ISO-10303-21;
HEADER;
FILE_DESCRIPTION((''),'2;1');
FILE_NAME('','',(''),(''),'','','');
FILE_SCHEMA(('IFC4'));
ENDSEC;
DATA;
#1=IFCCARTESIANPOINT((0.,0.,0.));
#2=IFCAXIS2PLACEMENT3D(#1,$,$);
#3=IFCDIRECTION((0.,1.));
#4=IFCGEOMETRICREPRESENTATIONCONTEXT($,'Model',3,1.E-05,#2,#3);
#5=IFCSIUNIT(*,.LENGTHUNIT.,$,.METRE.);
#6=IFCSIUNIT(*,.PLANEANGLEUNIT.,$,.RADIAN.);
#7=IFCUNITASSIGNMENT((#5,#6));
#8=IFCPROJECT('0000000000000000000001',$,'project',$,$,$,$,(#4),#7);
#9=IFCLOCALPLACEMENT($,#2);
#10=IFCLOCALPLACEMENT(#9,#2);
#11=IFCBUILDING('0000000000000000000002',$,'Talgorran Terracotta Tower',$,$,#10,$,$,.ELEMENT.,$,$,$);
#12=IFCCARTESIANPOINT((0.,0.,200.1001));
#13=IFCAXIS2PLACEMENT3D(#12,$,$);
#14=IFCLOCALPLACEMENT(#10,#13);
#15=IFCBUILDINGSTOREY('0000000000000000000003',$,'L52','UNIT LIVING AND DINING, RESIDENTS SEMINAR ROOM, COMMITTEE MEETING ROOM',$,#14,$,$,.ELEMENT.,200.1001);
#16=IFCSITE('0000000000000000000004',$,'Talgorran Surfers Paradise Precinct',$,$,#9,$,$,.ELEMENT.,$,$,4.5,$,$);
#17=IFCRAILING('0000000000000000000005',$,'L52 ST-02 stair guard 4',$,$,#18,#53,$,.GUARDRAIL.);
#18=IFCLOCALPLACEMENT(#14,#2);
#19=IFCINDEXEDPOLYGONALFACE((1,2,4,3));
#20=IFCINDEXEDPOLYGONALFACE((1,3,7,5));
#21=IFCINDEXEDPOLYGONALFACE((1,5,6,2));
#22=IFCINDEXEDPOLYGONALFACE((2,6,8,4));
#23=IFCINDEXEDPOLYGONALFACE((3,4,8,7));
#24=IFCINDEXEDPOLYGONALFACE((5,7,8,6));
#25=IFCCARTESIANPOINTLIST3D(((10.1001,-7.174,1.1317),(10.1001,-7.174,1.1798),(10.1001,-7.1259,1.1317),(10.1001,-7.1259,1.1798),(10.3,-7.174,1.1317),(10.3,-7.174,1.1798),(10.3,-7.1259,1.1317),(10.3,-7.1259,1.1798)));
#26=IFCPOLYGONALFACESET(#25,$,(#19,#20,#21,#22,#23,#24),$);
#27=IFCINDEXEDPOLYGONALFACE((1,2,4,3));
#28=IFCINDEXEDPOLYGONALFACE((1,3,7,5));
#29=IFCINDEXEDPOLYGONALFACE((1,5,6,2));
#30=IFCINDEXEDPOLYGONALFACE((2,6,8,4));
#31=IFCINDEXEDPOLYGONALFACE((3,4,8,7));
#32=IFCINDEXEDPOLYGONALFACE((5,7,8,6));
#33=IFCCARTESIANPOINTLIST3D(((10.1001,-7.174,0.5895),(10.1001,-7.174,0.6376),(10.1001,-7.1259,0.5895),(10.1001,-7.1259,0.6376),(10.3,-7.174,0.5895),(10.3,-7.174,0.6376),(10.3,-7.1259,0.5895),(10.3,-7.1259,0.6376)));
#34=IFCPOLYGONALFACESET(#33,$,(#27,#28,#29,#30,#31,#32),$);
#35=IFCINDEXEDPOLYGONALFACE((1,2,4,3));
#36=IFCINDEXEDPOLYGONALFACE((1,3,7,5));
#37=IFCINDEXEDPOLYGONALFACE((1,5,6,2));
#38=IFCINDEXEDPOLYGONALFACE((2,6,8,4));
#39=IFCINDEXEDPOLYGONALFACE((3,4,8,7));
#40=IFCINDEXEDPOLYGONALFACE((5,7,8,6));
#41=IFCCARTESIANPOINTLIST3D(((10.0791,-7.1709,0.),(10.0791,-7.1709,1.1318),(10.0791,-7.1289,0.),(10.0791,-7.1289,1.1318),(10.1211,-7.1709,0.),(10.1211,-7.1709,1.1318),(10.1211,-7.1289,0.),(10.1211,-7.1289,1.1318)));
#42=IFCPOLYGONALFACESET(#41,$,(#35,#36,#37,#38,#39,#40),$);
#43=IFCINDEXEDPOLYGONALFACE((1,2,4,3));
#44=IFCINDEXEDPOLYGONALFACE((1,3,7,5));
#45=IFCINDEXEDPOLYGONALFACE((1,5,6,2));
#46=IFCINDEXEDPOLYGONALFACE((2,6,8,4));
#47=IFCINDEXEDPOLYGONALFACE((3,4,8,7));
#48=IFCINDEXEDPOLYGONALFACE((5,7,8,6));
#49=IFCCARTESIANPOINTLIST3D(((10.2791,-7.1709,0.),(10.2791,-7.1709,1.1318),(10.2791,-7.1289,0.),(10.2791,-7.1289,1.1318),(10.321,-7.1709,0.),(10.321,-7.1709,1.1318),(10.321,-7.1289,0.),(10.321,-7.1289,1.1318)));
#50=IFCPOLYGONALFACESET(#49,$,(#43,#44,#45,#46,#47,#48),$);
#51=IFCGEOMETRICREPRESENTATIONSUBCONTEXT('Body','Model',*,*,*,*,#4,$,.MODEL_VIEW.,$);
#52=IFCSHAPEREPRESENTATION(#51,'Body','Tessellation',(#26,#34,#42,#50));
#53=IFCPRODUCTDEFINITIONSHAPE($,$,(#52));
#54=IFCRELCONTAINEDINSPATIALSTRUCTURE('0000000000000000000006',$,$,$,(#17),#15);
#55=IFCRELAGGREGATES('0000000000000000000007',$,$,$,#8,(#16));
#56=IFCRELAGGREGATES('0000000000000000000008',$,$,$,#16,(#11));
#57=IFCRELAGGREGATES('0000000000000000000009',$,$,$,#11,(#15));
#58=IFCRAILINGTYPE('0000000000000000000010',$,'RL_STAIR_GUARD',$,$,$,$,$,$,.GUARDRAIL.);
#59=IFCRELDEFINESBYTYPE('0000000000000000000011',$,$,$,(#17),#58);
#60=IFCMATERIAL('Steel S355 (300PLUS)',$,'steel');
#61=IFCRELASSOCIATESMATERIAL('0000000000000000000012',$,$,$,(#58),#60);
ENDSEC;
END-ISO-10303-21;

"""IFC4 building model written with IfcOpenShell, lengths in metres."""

from ifc_helpers import new_model, si_unit, direction, frame, origin, origin_2d, place, context, subcontext, project, spatial, rectangle, extrude, material, type_object, element, save


model = new_model("IFC4")

# Units and contexts
model_context = context("Model", 3, precision=1e-05, world=origin(), true_north=direction((0.0, 1.0)))
body_context = subcontext(model_context, "Body", "Model", "MODEL_VIEW")
ifc_project = project(units=[si_unit("LENGTHUNIT", "METRE"), si_unit("PLANEANGLEUNIT", "RADIAN")], contexts=[model_context])

# Site, building, storey
site_placement = place(None, origin())
site = spatial("IfcSite", under=ifc_project, at=site_placement, Name="Talgorran Surfers Paradise Precinct", CompositionType="ELEMENT", RefElevation=4.5)
building_placement = place(site_placement, origin())
building = spatial("IfcBuilding", under=site, at=building_placement, Name="Talgorran Terracotta Tower", CompositionType="ELEMENT")
storey_placement = place(building_placement, frame((0.0, 0.0, 200.1001)))
storey = spatial("IfcBuildingStorey", under=building, at=storey_placement, Name="L52", Description="UNIT LIVING AND DINING, RESIDENTS SEMINAR ROOM, COMMITTEE MEETING ROOM", CompositionType="ELEMENT", Elevation=200.1001)

# Shared definitions
ifc_material_1 = material(Name="Steel S355 (300PLUS)", Category="steel")

# Railing
railing_type_1 = type_object("IfcRailingType", Name="RL_STAIR_GUARD", PredefinedType="GUARDRAIL", material=ifc_material_1)
railing_1_placement = place(storey_placement, frame((10.1001, -7.1499, 0.0)))
element("IfcRailing", 1, at=railing_1_placement, inside=storey, type_object=railing_type_1, Name="L52 ST-02 stair guard 4", PredefinedType="GUARDRAIL", context=body_context, shape_type="SweptSolid", body=[
    extrude(rectangle(XDim=0.0481, YDim=0.0481, at=origin_2d()), frame((0.0, 0.0, 1.1558), z_axis=(1.0, 0.0, 0.0), x_axis=(0.0, 1.0, 0.0)), (0.0, 0.0, 1.0), 0.2),
    extrude(rectangle(XDim=0.0481, YDim=0.0481, at=origin_2d()), frame((0.0, 0.0, 0.6135), z_axis=(1.0, 0.0, 0.0), x_axis=(0.0, 1.0, 0.0)), (0.0, 0.0, 1.0), 0.2),
    extrude(rectangle(XDim=0.042, YDim=0.042, at=origin_2d()), origin(), (0.0, 0.0, 1.0), 1.1318),
    extrude(rectangle(XDim=0.042, YDim=0.042, at=origin_2d()), frame((0.2, 0.0, 0.0)), (0.0, 0.0, 1.0), 1.1318),
])

save(model, "model.ifc")
